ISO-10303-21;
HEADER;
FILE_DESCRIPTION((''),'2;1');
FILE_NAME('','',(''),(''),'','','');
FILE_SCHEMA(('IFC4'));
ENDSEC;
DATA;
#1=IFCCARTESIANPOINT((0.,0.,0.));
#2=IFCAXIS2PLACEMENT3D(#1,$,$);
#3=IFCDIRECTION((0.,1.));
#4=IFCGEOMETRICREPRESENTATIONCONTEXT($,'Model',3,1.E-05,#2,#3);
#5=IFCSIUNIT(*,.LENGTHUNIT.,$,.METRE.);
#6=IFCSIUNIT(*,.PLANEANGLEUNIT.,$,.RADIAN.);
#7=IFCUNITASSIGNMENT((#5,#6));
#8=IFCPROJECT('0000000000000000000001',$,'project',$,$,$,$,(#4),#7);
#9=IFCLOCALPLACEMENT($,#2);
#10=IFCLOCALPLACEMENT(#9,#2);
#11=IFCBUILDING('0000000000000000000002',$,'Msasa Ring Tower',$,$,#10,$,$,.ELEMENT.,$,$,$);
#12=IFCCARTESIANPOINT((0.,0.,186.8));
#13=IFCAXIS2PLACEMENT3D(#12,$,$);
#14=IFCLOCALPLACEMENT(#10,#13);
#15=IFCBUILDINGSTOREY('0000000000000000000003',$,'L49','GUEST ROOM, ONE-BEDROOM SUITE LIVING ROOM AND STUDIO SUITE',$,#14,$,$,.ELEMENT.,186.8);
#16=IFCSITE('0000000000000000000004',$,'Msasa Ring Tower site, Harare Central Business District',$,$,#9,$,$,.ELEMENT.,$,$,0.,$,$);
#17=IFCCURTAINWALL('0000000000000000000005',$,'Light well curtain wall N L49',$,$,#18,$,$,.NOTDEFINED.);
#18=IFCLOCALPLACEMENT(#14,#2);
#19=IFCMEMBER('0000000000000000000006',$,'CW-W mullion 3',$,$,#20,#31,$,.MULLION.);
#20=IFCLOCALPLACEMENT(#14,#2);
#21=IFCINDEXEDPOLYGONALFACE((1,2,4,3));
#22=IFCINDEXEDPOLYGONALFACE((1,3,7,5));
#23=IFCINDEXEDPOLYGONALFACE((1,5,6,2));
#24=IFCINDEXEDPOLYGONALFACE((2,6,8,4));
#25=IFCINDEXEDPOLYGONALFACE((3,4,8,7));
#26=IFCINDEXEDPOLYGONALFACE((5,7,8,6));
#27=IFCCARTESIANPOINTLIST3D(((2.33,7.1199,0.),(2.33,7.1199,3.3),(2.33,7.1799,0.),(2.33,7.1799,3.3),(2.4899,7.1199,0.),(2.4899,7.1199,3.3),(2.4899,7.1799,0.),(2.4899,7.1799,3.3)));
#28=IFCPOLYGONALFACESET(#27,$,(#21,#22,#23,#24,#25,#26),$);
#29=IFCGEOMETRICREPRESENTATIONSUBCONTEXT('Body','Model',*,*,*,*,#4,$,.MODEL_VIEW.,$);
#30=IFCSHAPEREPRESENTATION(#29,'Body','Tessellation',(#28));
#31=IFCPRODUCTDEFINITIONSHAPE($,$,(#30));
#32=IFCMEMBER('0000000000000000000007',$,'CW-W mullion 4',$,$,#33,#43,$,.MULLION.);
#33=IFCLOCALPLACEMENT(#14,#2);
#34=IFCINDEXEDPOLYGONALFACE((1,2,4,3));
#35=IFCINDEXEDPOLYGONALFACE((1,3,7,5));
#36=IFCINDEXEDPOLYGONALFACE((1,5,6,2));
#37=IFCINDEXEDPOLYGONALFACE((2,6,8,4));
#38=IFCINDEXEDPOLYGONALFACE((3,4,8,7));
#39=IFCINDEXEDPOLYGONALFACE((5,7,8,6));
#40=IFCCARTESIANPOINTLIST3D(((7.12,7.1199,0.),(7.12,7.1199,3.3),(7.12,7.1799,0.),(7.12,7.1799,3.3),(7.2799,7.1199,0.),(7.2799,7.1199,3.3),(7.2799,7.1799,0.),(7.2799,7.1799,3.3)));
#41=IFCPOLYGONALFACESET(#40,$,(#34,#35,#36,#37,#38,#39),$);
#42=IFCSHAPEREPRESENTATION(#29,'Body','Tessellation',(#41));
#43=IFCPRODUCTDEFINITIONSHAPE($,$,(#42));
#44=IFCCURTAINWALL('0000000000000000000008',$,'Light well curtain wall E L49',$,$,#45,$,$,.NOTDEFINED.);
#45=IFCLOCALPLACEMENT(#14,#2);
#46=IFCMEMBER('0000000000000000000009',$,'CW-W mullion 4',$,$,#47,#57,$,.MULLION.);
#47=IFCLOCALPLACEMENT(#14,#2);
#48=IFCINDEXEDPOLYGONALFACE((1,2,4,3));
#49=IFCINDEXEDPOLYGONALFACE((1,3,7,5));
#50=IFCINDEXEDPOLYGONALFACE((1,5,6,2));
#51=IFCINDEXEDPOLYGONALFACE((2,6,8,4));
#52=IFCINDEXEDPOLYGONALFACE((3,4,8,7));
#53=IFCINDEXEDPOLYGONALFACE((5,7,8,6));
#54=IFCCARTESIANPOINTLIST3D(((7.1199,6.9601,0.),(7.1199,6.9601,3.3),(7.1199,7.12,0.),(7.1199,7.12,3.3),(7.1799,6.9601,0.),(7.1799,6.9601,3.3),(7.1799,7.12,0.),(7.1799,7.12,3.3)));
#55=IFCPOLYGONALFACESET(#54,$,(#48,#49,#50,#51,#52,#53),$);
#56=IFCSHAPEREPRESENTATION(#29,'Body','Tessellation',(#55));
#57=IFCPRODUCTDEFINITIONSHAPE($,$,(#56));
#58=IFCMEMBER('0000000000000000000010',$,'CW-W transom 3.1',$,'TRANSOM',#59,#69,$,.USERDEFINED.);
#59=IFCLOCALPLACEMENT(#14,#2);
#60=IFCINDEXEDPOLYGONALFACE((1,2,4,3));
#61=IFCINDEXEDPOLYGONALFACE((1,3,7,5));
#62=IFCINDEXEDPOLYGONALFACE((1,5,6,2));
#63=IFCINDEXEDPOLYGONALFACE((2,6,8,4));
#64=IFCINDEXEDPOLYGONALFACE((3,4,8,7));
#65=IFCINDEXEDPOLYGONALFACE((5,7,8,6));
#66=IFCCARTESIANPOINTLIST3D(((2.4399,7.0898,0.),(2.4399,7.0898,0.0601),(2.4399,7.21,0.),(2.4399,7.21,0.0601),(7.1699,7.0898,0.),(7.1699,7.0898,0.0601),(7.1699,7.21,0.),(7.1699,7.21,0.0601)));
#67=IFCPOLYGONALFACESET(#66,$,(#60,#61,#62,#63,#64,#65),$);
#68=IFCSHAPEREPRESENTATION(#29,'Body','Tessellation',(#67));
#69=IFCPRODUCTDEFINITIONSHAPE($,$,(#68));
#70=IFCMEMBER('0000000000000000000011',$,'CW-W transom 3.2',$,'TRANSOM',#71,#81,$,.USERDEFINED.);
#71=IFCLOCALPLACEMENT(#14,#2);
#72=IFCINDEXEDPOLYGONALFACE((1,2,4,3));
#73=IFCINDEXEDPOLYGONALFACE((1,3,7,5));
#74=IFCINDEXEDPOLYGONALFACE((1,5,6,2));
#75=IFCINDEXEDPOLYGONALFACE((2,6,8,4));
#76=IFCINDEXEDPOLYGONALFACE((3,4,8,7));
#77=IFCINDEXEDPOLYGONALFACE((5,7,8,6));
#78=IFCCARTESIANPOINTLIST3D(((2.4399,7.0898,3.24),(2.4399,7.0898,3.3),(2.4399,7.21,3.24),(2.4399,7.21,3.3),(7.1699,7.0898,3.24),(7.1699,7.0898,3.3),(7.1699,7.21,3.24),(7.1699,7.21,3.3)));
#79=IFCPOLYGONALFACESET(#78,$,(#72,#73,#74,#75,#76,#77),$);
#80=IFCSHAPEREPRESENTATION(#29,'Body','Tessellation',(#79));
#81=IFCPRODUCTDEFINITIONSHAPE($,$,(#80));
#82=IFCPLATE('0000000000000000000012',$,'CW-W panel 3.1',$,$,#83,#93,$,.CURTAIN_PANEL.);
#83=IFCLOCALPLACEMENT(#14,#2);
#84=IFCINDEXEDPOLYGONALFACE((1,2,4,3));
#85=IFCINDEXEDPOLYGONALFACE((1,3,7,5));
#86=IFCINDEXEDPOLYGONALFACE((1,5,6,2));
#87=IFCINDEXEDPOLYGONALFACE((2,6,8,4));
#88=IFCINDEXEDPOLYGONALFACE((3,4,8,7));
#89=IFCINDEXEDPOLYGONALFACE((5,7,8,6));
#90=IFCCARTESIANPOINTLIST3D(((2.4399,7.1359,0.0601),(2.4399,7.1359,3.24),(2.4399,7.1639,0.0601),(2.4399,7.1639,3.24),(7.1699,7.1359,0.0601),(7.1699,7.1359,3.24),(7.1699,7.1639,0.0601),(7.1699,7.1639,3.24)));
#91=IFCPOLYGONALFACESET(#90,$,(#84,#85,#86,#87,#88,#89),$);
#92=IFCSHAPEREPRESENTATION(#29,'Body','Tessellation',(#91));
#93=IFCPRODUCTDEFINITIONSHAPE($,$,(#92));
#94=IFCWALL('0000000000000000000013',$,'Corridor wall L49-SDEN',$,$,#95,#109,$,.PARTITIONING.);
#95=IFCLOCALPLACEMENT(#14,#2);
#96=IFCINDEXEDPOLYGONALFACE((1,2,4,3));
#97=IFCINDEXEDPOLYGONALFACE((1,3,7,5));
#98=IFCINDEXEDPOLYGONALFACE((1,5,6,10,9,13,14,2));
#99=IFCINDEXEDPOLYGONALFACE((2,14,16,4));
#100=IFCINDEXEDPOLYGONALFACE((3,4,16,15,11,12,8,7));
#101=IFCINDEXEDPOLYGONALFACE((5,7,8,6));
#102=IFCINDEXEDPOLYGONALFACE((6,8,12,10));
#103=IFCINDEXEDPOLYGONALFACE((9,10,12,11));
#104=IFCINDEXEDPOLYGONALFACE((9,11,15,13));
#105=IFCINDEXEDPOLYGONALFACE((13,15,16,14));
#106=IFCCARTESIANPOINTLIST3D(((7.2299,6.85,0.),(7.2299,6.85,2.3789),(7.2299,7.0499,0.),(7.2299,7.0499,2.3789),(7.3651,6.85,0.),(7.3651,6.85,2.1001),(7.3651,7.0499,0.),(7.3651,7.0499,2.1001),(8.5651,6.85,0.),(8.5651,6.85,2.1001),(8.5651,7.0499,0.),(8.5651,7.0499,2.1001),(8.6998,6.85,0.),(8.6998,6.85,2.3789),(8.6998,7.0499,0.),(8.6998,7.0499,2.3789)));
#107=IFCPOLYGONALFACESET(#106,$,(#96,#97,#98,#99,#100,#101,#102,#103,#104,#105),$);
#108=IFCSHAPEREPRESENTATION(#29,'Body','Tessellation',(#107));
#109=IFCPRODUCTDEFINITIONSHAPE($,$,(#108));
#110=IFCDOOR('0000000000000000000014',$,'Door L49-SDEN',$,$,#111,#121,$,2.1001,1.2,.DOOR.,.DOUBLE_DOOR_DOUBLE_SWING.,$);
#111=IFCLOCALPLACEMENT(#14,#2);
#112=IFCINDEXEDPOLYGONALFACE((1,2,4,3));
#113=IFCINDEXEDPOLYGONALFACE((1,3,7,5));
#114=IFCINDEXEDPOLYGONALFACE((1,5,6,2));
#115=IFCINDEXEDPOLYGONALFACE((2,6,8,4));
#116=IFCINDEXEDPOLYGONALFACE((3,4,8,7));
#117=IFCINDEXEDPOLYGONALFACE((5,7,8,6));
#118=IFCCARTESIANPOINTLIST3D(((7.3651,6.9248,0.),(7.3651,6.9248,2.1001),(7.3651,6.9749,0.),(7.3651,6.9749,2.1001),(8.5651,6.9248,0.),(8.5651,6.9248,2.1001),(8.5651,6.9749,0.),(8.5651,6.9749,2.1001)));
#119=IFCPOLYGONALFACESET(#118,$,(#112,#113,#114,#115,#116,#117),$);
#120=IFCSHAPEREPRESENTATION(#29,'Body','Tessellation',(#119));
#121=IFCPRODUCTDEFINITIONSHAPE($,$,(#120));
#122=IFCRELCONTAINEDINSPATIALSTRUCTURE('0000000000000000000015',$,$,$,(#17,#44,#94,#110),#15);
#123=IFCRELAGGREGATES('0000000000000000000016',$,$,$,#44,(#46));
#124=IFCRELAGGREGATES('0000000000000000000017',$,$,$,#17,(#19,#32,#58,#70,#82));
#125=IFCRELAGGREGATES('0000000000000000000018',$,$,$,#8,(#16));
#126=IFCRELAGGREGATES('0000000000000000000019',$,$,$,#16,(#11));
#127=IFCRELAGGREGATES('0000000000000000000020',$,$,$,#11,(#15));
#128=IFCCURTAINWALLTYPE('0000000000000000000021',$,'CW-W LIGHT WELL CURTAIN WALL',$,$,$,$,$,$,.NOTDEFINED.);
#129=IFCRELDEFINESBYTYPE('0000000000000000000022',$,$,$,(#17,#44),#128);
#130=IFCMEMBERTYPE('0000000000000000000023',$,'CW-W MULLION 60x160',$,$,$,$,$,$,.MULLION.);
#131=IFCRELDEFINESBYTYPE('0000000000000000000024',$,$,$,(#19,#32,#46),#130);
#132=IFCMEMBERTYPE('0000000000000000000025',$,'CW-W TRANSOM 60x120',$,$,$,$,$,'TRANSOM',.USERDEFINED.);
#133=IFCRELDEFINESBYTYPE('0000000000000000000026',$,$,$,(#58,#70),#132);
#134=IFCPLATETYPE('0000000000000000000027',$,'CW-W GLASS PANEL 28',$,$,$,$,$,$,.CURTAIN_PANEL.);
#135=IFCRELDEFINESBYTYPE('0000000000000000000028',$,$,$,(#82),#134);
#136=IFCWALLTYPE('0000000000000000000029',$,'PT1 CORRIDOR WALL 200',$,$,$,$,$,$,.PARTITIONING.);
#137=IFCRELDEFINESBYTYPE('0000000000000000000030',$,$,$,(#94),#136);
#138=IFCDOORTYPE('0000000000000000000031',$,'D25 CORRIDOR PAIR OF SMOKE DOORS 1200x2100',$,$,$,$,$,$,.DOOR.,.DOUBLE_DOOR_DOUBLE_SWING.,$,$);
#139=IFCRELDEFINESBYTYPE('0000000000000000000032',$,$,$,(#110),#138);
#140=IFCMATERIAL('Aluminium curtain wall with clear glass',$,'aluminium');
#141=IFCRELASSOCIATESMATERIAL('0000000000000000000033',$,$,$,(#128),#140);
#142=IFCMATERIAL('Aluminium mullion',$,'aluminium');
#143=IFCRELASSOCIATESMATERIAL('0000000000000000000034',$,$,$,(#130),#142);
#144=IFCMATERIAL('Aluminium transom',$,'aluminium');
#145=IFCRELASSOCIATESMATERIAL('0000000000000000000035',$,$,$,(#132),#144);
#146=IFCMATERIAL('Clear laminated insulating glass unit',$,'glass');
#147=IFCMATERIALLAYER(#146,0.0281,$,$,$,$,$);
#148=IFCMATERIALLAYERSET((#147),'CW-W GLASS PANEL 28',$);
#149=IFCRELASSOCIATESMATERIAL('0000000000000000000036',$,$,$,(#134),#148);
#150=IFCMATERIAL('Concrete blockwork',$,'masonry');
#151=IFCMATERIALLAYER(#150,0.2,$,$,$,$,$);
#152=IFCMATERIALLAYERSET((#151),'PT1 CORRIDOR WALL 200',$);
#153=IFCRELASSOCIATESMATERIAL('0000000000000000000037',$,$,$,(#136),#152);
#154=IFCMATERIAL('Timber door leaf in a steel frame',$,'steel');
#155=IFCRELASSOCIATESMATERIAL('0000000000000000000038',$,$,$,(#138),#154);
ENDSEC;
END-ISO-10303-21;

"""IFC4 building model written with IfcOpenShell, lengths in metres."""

from ifc_helpers import new_model, si_unit, direction, frame, frame_2d, origin, origin_2d, place, context, subcontext, project, spatial, rectangle, extrude, material, layer, layer_set, material_profile, profile_set, type_object, element, fill, aggregate, save


model = new_model("IFC4")

# Units and contexts
model_context = context("Model", 3, precision=1e-05, world=origin(), true_north=direction((0.0, 1.0)))
body_context = subcontext(model_context, "Body", "Model", "MODEL_VIEW")
ifc_project = project(units=[si_unit("LENGTHUNIT", "METRE"), si_unit("PLANEANGLEUNIT", "RADIAN")], contexts=[model_context])

# Site, building, storey
site_placement = place(None, origin())
site = spatial("IfcSite", under=ifc_project, at=site_placement, Name="Msasa Ring Tower site, Harare Central Business District", CompositionType="ELEMENT", RefElevation=0.0)
building_placement = place(site_placement, origin())
building = spatial("IfcBuilding", under=site, at=building_placement, Name="Msasa Ring Tower", CompositionType="ELEMENT")
storey_placement = place(building_placement, frame((0.0, 0.0, 186.8)))
storey = spatial("IfcBuildingStorey", under=building, at=storey_placement, Name="L49", Description="GUEST ROOM, ONE-BEDROOM SUITE LIVING ROOM AND STUDIO SUITE", CompositionType="ELEMENT", Elevation=186.8)

# Curtain wall, members
ifc_material_1 = material(Name="Aluminium curtain wall with clear glass", Category="aluminium")
curtain_wall_type = type_object("IfcCurtainWallType", Name="CW-W LIGHT WELL CURTAIN WALL", PredefinedType="NOTDEFINED", material=ifc_material_1)
curtain_wall_1_placement = place(storey_placement, origin())
curtain_wall_1 = element("IfcCurtainWall", 1, at=curtain_wall_1_placement, inside=storey, type_object=curtain_wall_type, Name="Light well curtain wall N L49", PredefinedType="NOTDEFINED")
ifc_material_2 = material(Name="Aluminium mullion", Category="aluminium")
ifc_material_profile_1 = material_profile(ifc_material_2, rectangle(XDim=0.0601, YDim=0.1599, at=origin_2d()), Name="AL 60x160")
ifc_profile_set_1 = profile_set([ifc_material_profile_1], Name="Aluminium mullion")
member_type_1 = type_object("IfcMemberType", Name="CW-W MULLION 60x160", PredefinedType="MULLION", material=ifc_profile_set_1)
member_1_placement = place(storey_placement, frame((2.4099, 7.1499, 0.0), z_axis=(0.0, 0.0, 1.0), x_axis=(0.0, 1.0, 0.0)))
member_1 = element("IfcMember", 2, at=member_1_placement, type_object=member_type_1, Name="CW-W mullion 3", PredefinedType="MULLION", context=body_context, shape_type="SweptSolid", body=[
    extrude(rectangle(XDim=0.0601, YDim=0.1599, at=origin_2d()), origin(), (0.0, 0.0, 1.0), 3.3),
])
member_2_placement = place(storey_placement, frame((7.2, 7.1499, 0.0), z_axis=(0.0, 0.0, 1.0), x_axis=(0.0, 1.0, 0.0)))
member_2 = element("IfcMember", 3, at=member_2_placement, type_object=member_type_1, Name="CW-W mullion 4", PredefinedType="MULLION", context=body_context, shape_type="SweptSolid", body=[
    extrude(rectangle(XDim=0.0601, YDim=0.1599, at=origin_2d()), origin(), (0.0, 0.0, 1.0), 3.3),
])

# Curtain wall, member
curtain_wall_2_placement = place(storey_placement, origin())
curtain_wall_2 = element("IfcCurtainWall", 4, at=curtain_wall_2_placement, inside=storey, type_object=curtain_wall_type, Name="Light well curtain wall E L49", PredefinedType="NOTDEFINED")
member_3_placement = place(storey_placement, frame((7.1499, 7.04, 0.0), z_axis=(0.0, 0.0, 1.0), x_axis=(-1.0, 0.0, 0.0)))
member_3 = element("IfcMember", 5, at=member_3_placement, type_object=member_type_1, Name="CW-W mullion 4", PredefinedType="MULLION", context=body_context, shape_type="SweptSolid", body=[
    extrude(rectangle(XDim=0.0601, YDim=0.1599, at=origin_2d()), origin(), (0.0, 0.0, 1.0), 3.3),
])
aggregate(curtain_wall_2, [member_3])

# Members
ifc_material_3 = material(Name="Aluminium transom", Category="aluminium")
ifc_material_profile_2 = material_profile(ifc_material_3, rectangle(XDim=0.1201, YDim=0.0601, at=origin_2d()), Name="AL 60x120")
ifc_profile_set_2 = profile_set([ifc_material_profile_2], Name="Aluminium transom")
member_type_2 = type_object("IfcMemberType", Name="CW-W TRANSOM 60x120", ElementType="TRANSOM", PredefinedType="USERDEFINED", material=ifc_profile_set_2)
member_4_placement = place(storey_placement, frame((2.4399, 7.1499, 0.03), z_axis=(1.0, 0.0, 0.0), x_axis=(0.0, 1.0, 0.0)))
member_4 = element("IfcMember", 6, at=member_4_placement, type_object=member_type_2, Name="CW-W transom 3.1", ObjectType="TRANSOM", PredefinedType="USERDEFINED", context=body_context, shape_type="SweptSolid", body=[
    extrude(rectangle(XDim=0.1201, YDim=0.0601, at=origin_2d()), origin(), (0.0, 0.0, 1.0), 4.73),
])
member_5_placement = place(storey_placement, frame((2.4399, 7.1499, 3.27), z_axis=(1.0, 0.0, 0.0), x_axis=(0.0, 1.0, 0.0)))
member_5 = element("IfcMember", 7, at=member_5_placement, type_object=member_type_2, Name="CW-W transom 3.2", ObjectType="TRANSOM", PredefinedType="USERDEFINED", context=body_context, shape_type="SweptSolid", body=[
    extrude(rectangle(XDim=0.1201, YDim=0.0601, at=origin_2d()), origin(), (0.0, 0.0, 1.0), 4.73),
])

# Plate
ifc_material_4 = material(Name="Clear laminated insulating glass unit", Category="glass")
ifc_layer_1 = layer(ifc_material_4, 0.0281)
ifc_layer_set_1 = layer_set([ifc_layer_1], Name="CW-W GLASS PANEL 28")
plate_type = type_object("IfcPlateType", Name="CW-W GLASS PANEL 28", PredefinedType="CURTAIN_PANEL", material=ifc_layer_set_1)
plate_placement = place(storey_placement, frame((4.8049, 7.1499, 0.0601), z_axis=(0.0, 0.0, 1.0), x_axis=(1.0, 0.0, 0.0)))
plate = element("IfcPlate", 8, at=plate_placement, type_object=plate_type, Name="CW-W panel 3.1", PredefinedType="CURTAIN_PANEL", context=body_context, shape_type="SweptSolid", body=[
    extrude(rectangle(XDim=4.73, YDim=0.0281, at=origin_2d()), origin(), (0.0, 0.0, 1.0), 3.1799),
])
aggregate(curtain_wall_1, [member_1, member_2, member_4, member_5, plate])

# Wall, opening, door
ifc_material_5 = material(Name="Concrete blockwork", Category="masonry")
ifc_layer_2 = layer(ifc_material_5, 0.2)
ifc_layer_set_2 = layer_set([ifc_layer_2], Name="PT1 CORRIDOR WALL 200")
wall_type_1 = type_object("IfcWallType", Name="PT1 CORRIDOR WALL 200", PredefinedType="PARTITIONING", material=ifc_layer_set_2)
wall_1_placement = place(storey_placement, frame((7.23, 6.95, 0.0), z_axis=(0.0, 0.0, 1.0), x_axis=(1.0, 0.0, 0.0)))
wall_1 = element("IfcWall", 9, at=wall_1_placement, inside=storey, type_object=wall_type_1, Name="Corridor wall L49-SDEN", PredefinedType="PARTITIONING", context=body_context, shape_type="SweptSolid", body=[
    extrude(rectangle(XDim=1.47, YDim=0.2, at=frame_2d((0.7349, 0.0))), origin(), (0.0, 0.0, 1.0), 2.3789),
])
opening_1_placement = place(wall_1_placement, frame((0.135, 0.0, 0.0)))
opening_1 = element("IfcOpeningElement", 10, at=opening_1_placement, cuts=wall_1, PredefinedType="OPENING", context=body_context, shape_type="SweptSolid", body=[
    extrude(rectangle(XDim=1.2, YDim=2.1001, at=frame_2d((0.6001, 1.05))), frame((0.0, 0.1099, 0.0), z_axis=(0.0, -1.0, 0.0), x_axis=(1.0, 0.0, 0.0)), (0.0, 0.0, 1.0), 0.22),
])
ifc_material_6 = material(Name="Timber door leaf in a steel frame", Category="steel")
door_type_1 = type_object("IfcDoorType", Name="D25 CORRIDOR PAIR OF SMOKE DOORS 1200x2100", OperationType="DOUBLE_DOOR_DOUBLE_SWING", PredefinedType="DOOR", material=ifc_material_6)
door_1_placement = place(opening_1_placement, origin())
door_1 = element("IfcDoor", 11, at=door_1_placement, inside=storey, type_object=door_type_1, Name="Door L49-SDEN", OperationType="DOUBLE_DOOR_DOUBLE_SWING", OverallHeight=2.1001, OverallWidth=1.2, PredefinedType="DOOR", context=body_context, shape_type="SweptSolid", body=[
    extrude(rectangle(XDim=1.2, YDim=2.1001, at=frame_2d((0.6001, 1.05))), frame((0.0, 0.0249, 0.0), z_axis=(0.0, -1.0, 0.0), x_axis=(1.0, 0.0, 0.0)), (0.0, 0.0, 1.0), 0.05),
])
fill(opening_1, door_1)

save(model, "model.ifc")
